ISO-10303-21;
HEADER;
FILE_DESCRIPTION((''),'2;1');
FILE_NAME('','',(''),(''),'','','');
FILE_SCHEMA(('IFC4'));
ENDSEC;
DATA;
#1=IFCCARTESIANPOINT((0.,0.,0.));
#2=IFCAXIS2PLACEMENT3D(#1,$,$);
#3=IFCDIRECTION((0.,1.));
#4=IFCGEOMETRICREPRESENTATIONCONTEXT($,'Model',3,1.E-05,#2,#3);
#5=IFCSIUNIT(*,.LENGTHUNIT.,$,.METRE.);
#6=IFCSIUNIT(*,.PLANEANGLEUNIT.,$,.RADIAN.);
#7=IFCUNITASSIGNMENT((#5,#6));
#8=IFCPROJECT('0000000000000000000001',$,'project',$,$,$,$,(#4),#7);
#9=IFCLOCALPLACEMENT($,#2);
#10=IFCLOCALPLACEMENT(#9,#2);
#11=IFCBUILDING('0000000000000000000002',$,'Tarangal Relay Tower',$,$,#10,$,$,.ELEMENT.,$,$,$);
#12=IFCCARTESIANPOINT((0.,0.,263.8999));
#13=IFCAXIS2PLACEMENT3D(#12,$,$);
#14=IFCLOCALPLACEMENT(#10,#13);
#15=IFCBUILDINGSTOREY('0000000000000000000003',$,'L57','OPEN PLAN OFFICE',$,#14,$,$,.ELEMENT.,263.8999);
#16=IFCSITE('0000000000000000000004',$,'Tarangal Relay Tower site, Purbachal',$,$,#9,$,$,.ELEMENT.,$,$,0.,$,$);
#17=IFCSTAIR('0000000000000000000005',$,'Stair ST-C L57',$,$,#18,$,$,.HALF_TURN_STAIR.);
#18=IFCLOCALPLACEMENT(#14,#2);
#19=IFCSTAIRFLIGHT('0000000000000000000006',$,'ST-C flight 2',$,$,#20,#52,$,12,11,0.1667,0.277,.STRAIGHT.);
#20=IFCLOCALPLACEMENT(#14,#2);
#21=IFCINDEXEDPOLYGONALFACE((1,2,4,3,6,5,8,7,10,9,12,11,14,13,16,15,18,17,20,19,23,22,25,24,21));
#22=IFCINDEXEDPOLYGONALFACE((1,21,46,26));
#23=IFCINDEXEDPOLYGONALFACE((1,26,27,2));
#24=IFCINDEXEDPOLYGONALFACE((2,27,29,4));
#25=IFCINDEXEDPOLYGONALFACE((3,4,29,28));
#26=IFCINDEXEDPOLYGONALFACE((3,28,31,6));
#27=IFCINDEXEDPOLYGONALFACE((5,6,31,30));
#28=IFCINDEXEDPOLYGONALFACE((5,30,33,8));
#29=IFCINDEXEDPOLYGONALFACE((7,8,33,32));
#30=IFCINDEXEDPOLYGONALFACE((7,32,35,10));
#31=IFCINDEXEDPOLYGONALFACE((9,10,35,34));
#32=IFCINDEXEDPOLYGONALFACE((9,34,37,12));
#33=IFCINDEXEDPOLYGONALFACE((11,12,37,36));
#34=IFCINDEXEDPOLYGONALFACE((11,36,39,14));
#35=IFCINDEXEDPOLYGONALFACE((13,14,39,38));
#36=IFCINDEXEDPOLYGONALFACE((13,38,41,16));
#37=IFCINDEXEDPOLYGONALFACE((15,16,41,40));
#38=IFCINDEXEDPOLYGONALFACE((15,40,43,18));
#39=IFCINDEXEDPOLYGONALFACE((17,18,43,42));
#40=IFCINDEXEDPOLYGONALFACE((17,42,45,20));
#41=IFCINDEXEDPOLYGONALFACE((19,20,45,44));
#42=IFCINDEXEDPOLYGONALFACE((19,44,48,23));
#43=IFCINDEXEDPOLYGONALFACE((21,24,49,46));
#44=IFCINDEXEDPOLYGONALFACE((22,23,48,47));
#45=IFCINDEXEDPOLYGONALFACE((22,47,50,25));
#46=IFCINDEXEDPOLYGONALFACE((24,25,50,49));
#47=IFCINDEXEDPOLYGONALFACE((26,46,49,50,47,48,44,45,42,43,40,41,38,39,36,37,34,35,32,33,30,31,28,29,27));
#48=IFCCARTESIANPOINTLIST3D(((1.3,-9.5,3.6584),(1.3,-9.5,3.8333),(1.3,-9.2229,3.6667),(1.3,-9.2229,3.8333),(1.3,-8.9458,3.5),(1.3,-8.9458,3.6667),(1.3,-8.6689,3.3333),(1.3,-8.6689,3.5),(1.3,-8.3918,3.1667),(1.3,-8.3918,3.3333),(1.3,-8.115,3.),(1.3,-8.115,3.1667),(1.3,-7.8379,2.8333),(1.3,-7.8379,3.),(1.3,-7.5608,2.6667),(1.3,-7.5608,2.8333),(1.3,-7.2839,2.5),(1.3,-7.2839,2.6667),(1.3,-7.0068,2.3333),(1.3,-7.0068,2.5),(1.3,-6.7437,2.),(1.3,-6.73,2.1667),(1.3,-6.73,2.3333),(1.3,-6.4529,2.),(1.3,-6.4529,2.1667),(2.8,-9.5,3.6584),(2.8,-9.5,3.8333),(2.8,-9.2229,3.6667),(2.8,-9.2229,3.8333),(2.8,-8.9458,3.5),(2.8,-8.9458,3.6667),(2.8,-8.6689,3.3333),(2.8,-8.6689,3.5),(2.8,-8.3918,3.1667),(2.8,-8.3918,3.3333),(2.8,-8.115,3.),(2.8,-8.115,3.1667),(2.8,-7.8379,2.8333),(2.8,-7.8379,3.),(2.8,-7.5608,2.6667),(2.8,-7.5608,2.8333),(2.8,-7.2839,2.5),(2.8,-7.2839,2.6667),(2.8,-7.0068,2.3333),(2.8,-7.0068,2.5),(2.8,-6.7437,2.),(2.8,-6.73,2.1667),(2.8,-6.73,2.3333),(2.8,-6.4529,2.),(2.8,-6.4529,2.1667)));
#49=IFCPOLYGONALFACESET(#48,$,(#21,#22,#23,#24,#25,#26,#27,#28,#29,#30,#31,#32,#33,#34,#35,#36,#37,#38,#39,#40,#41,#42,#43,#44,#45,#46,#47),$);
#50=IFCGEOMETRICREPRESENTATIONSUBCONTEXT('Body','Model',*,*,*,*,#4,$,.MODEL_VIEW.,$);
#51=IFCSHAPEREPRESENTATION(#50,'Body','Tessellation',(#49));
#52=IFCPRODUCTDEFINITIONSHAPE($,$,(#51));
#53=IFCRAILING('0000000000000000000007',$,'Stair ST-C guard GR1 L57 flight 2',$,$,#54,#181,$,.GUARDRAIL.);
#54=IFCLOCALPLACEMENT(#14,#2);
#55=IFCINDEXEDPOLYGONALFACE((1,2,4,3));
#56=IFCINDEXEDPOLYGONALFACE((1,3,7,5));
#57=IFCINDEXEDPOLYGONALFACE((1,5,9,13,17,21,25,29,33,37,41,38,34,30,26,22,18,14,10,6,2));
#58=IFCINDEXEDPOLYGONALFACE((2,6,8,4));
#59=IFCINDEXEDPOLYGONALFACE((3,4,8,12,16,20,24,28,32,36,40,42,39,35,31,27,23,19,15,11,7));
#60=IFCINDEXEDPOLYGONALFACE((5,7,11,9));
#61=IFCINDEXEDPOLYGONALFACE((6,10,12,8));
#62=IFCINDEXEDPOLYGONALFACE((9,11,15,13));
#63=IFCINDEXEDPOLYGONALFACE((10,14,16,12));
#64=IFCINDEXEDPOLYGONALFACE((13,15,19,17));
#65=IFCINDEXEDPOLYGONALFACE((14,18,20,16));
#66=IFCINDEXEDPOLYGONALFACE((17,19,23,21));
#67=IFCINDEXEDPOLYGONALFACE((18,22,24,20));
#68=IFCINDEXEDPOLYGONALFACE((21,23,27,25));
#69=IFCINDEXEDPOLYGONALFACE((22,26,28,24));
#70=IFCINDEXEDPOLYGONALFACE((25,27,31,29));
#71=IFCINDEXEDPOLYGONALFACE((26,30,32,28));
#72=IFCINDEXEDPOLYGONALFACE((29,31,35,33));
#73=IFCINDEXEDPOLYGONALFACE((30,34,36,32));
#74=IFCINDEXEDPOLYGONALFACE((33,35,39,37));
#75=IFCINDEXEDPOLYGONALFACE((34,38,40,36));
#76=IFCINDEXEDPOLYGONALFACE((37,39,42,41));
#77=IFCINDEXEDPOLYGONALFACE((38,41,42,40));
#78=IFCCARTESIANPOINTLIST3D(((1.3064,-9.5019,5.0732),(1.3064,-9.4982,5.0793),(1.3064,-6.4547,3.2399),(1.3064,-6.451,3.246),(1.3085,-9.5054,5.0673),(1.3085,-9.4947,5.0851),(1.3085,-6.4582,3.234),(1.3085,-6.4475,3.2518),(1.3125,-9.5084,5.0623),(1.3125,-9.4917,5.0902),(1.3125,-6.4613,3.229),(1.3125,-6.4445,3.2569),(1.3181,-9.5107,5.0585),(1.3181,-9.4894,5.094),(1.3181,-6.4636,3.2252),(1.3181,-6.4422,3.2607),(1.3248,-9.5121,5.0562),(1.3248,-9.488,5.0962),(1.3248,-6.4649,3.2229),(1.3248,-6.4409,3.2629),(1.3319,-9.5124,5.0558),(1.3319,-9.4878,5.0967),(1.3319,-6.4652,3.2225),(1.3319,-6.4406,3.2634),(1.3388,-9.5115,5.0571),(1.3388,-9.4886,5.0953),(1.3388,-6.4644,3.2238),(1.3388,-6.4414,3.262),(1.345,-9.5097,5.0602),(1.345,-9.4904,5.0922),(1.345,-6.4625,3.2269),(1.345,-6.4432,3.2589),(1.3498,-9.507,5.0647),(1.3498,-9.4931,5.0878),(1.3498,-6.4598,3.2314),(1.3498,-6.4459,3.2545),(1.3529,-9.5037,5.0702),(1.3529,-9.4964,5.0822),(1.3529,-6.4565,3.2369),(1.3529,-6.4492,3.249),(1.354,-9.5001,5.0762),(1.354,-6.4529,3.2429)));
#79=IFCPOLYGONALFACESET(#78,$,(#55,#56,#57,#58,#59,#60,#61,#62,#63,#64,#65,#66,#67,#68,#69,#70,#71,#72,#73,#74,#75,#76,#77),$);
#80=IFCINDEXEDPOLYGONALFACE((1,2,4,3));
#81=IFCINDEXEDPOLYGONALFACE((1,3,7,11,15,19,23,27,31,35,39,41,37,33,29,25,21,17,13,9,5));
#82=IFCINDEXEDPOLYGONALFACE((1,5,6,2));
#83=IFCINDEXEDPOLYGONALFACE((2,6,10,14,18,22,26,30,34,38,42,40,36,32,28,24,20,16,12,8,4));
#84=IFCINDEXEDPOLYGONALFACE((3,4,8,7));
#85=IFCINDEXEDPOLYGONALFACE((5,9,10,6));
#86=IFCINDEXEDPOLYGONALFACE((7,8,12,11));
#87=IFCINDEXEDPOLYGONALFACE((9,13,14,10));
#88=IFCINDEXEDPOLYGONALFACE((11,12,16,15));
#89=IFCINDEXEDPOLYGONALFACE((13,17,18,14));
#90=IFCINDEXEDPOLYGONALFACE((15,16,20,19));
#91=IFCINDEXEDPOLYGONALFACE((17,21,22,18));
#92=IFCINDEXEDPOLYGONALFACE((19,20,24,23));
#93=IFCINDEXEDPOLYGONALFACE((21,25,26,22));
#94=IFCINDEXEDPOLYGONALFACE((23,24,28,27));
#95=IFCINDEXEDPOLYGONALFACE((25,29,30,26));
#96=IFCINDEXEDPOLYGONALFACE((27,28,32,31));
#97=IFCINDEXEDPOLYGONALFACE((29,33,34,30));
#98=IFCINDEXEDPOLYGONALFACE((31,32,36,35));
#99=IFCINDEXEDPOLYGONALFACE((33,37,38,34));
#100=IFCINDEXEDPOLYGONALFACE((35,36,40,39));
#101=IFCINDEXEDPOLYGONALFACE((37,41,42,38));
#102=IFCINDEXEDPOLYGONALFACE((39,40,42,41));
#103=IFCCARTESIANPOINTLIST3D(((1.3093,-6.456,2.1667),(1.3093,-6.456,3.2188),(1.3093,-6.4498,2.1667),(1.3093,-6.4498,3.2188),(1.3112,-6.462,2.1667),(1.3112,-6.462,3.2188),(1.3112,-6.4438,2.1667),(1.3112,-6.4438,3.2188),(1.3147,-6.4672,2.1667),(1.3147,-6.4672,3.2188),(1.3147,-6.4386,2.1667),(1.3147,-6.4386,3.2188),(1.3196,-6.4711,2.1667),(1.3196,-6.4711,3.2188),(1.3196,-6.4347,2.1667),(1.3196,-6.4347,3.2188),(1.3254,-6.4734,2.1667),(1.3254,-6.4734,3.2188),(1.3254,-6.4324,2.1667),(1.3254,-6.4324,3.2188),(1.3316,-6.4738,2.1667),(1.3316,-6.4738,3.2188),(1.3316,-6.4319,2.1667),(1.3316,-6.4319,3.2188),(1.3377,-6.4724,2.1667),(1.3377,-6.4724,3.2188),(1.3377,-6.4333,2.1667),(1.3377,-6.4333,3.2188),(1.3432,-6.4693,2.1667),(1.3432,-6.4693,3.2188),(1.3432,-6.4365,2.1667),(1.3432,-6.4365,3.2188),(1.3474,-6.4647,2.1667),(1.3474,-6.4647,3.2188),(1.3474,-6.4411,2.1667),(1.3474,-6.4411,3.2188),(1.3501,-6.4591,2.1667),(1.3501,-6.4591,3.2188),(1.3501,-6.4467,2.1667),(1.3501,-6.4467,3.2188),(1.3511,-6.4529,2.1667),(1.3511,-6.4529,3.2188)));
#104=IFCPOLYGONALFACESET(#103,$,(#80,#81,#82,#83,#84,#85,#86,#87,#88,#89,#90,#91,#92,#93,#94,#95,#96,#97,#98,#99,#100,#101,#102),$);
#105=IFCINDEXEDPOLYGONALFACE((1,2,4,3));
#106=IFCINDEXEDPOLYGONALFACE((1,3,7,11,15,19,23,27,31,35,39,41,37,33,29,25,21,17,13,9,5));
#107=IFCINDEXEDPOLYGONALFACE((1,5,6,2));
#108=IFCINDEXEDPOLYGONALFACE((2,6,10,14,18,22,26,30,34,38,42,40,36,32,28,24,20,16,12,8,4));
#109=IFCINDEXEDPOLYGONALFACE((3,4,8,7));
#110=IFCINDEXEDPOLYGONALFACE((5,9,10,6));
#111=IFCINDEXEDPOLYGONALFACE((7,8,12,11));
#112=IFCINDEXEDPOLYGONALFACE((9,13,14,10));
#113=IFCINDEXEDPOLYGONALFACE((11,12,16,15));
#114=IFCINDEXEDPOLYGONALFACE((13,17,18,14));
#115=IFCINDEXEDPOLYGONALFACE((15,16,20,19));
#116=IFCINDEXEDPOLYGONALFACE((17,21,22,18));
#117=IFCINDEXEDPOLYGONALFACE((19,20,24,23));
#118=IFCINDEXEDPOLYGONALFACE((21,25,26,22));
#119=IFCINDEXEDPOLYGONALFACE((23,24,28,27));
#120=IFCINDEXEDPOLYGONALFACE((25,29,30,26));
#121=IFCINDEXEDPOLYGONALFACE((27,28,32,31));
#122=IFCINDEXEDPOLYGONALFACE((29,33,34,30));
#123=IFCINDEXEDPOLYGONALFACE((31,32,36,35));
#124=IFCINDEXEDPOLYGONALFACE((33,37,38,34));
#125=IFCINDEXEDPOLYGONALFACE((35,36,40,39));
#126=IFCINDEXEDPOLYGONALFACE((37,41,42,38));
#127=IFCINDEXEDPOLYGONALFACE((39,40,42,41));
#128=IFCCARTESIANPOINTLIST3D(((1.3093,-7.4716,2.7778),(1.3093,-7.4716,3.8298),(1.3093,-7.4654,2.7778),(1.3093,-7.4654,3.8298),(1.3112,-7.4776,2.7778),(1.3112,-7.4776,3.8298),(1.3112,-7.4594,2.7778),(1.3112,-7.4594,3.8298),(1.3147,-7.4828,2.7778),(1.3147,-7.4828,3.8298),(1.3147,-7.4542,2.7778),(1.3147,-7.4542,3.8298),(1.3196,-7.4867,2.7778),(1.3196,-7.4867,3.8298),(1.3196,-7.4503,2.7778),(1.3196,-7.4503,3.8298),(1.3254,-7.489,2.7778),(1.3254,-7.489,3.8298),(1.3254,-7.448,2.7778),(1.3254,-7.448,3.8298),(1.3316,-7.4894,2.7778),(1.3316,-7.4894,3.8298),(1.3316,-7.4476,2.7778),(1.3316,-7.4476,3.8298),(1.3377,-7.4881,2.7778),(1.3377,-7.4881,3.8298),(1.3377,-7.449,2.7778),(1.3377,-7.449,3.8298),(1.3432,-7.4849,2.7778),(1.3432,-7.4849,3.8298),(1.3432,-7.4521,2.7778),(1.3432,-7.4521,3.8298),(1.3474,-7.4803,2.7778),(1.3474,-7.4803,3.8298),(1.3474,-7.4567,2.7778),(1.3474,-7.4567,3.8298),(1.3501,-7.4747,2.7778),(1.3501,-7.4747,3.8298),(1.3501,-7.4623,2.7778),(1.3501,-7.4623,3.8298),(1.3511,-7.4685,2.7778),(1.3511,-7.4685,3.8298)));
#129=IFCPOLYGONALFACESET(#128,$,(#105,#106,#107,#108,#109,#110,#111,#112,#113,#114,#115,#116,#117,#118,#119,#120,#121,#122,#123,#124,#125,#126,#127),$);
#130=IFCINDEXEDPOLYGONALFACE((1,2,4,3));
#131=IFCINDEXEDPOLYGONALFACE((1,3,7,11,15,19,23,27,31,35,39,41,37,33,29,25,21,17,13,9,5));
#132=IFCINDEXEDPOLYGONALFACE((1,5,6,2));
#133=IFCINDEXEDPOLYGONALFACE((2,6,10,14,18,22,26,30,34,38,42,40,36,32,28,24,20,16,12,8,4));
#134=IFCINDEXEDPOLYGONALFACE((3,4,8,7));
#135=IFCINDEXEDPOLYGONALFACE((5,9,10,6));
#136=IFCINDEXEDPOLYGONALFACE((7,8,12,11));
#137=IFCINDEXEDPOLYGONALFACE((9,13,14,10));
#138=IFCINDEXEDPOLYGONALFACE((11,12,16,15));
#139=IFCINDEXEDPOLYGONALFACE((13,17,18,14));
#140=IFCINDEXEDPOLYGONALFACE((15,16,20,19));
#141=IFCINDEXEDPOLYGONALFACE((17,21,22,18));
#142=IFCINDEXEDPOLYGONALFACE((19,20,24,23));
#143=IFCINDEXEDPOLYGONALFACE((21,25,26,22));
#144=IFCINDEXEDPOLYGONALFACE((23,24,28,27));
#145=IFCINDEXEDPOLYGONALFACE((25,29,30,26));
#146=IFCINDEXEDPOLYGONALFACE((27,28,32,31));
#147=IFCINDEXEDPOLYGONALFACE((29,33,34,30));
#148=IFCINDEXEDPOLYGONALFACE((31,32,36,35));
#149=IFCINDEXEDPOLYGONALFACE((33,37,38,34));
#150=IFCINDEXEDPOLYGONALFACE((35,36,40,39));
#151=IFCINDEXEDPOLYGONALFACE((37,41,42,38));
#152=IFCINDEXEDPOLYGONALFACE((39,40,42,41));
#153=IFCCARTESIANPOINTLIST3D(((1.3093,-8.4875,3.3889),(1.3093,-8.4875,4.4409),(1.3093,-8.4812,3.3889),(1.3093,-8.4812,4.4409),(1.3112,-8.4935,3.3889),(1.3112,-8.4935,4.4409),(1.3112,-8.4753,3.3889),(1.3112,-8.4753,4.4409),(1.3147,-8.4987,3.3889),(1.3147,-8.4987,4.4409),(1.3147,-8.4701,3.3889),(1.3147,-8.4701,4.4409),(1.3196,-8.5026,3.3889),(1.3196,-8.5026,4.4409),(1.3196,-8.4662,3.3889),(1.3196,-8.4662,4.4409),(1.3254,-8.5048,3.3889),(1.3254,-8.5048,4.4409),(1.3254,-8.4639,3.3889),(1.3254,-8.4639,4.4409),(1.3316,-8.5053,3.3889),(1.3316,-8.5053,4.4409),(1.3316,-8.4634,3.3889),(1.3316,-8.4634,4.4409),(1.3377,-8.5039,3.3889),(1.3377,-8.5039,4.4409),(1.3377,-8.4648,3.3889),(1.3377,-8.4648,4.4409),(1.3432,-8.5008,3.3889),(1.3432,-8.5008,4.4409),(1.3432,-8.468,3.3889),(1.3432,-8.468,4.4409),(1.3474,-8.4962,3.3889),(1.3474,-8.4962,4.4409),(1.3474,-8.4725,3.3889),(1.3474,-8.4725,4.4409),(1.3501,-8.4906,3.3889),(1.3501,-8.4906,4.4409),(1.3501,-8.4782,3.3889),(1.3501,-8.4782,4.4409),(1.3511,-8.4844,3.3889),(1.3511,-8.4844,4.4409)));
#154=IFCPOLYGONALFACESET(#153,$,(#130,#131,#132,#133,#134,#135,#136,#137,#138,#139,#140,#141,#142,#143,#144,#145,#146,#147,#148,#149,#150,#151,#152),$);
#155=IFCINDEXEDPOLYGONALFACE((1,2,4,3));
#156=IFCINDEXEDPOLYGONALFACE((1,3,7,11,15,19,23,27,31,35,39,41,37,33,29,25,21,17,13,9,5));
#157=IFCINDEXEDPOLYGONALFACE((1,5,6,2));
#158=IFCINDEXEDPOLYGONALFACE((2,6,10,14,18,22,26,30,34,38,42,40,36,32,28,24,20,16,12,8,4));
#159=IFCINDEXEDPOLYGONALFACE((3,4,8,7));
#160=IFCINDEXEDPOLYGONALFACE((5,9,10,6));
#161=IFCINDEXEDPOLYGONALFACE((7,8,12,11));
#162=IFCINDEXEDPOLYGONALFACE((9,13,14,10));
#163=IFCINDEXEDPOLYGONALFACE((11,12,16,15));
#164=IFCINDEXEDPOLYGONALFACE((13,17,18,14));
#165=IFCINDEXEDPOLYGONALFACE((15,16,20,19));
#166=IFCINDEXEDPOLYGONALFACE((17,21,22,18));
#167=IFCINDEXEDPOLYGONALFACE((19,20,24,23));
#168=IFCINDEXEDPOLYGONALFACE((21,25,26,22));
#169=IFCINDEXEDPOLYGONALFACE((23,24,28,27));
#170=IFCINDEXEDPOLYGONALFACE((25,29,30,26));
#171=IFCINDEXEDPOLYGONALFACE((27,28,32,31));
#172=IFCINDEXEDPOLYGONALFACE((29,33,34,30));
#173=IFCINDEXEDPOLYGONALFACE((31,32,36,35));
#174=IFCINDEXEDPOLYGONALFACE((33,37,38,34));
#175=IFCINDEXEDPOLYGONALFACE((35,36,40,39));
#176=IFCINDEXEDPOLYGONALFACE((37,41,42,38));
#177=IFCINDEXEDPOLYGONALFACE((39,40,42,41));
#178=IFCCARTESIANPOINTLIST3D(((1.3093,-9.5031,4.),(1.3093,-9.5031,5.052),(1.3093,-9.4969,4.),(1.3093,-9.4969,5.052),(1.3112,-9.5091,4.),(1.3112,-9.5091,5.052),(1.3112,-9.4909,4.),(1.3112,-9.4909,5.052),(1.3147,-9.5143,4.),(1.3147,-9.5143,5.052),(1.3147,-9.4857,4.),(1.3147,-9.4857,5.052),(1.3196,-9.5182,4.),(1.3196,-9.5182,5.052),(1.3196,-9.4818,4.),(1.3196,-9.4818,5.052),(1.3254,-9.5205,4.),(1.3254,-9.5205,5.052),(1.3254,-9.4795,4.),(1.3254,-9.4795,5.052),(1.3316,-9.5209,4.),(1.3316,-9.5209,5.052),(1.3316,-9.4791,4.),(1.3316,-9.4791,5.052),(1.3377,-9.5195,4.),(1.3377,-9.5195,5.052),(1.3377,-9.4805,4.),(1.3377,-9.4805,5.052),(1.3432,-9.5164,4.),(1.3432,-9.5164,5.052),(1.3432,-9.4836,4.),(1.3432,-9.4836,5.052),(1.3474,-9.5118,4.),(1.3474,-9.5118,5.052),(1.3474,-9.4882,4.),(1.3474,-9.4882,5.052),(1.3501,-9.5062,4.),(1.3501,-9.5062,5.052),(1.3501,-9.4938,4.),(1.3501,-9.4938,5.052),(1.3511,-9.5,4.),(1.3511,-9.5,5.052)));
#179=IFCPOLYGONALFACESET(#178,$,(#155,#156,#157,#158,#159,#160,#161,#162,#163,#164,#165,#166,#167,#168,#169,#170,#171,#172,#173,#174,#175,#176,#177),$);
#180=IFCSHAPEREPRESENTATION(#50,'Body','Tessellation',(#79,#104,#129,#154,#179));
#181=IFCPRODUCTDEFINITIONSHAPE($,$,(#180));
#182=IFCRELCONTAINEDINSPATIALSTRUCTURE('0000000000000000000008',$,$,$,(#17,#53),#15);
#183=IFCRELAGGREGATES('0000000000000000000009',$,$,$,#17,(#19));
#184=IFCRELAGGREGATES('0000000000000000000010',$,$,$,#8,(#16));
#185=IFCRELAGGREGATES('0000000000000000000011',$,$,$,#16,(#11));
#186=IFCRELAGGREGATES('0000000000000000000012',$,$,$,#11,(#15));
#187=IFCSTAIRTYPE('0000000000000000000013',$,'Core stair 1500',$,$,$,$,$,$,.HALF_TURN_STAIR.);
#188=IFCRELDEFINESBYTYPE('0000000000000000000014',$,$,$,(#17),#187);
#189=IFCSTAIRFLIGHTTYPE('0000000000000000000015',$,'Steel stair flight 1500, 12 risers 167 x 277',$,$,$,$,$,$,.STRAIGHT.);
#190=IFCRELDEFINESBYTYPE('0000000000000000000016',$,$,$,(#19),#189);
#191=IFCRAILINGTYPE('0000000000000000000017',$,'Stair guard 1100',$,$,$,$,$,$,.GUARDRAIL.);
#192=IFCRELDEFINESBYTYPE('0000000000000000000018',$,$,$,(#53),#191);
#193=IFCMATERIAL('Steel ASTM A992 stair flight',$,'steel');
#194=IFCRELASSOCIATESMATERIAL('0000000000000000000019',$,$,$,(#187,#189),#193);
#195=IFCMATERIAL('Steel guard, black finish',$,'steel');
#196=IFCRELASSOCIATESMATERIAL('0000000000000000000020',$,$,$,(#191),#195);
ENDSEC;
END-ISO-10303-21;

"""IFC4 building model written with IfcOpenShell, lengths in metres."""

from ifc_helpers import new_model, si_unit, direction, frame, origin, origin_2d, place, context, subcontext, project, spatial, polyline, circle, outline, extrude, material, type_object, element, aggregate, save


model = new_model("IFC4")

# Units and contexts
model_context = context("Model", 3, precision=1e-05, world=origin(), true_north=direction((0.0, 1.0)))
body_context = subcontext(model_context, "Body", "Model", "MODEL_VIEW")
ifc_project = project(units=[si_unit("LENGTHUNIT", "METRE"), si_unit("PLANEANGLEUNIT", "RADIAN")], contexts=[model_context])

# Site, building, storey
site_placement = place(None, origin())
site = spatial("IfcSite", under=ifc_project, at=site_placement, Name="Tarangal Relay Tower site, Purbachal", CompositionType="ELEMENT", RefElevation=0.0)
building_placement = place(site_placement, origin())
building = spatial("IfcBuilding", under=site, at=building_placement, Name="Tarangal Relay Tower", CompositionType="ELEMENT")
storey_placement = place(building_placement, frame((0.0, 0.0, 263.8999)))
storey = spatial("IfcBuildingStorey", under=building, at=storey_placement, Name="L57", Description="OPEN PLAN OFFICE", CompositionType="ELEMENT", Elevation=263.8999)

# Stair, stair flight
ifc_material_1 = material(Name="Steel ASTM A992 stair flight", Category="steel")
stair_type = type_object("IfcStairType", Name="Core stair 1500", PredefinedType="HALF_TURN_STAIR", material=ifc_material_1)
stair_placement = place(storey_placement, origin())
stair = element("IfcStair", 1, at=stair_placement, inside=storey, type_object=stair_type, Name="Stair ST-C L57", PredefinedType="HALF_TURN_STAIR")
stair_flight_type = type_object("IfcStairFlightType", Name="Steel stair flight 1500, 12 risers 167 x 277", PredefinedType="STRAIGHT", material=ifc_material_1)
stair_flight_placement = place(storey_placement, frame((2.05, -6.4529, 2.0), z_axis=(0.0, 0.0, 1.0), x_axis=(0.0, -1.0, 0.0)))
stair_flight = element("IfcStairFlight", 2, at=stair_flight_placement, type_object=stair_flight_type, Name="ST-C flight 2", NumberOfRisers=12, NumberOfTreads=11, PredefinedType="STRAIGHT", RiserHeight=0.1667, TreadLength=0.277, context=body_context, shape_type="SweptSolid", body=[
    extrude(outline(polyline([(0.0, 0.0), (0.0, 0.1667), (0.2771, 0.1667), (0.2771, 0.3333), (0.554, 0.3333), (0.554, 0.5), (0.8311, 0.5), (0.8311, 0.6667), (1.1079, 0.6667), (1.1079, 0.8333), (1.385, 0.8333), (1.385, 1.0), (1.6621, 1.0), (1.6621, 1.1667), (1.939, 1.1667), (1.939, 1.3333), (2.2161, 1.3333), (2.2161, 1.5), (2.4929, 1.5), (2.4929, 1.6667), (2.77, 1.6667), (2.77, 1.8333), (3.0471, 1.8333), (3.0471, 2.0), (3.0471, 1.6584), (0.2908, 0.0), (0.0, 0.0)])), frame((0.0, 0.75, 0.0), z_axis=(0.0, -1.0, 0.0), x_axis=(1.0, 0.0, 0.0)), (0.0, 0.0, 1.0), 1.5),
])
aggregate(stair, [stair_flight])

# Railing
ifc_material_2 = material(Name="Steel guard, black finish", Category="steel")
railing_type_1 = type_object("IfcRailingType", Name="Stair guard 1100", PredefinedType="GUARDRAIL", material=ifc_material_2)
railing_1_placement = place(storey_placement, frame((1.3301, -6.4529, 2.1667)))
element("IfcRailing", 3, at=railing_1_placement, inside=storey, type_object=railing_type_1, Name="Stair ST-C guard GR1 L57 flight 2", PredefinedType="GUARDRAIL", context=body_context, shape_type="SweptSolid", body=[
    extrude(circle(Radius=0.0239, at=origin_2d()), frame((0.0, 0.0, 1.0762), z_axis=(0.0, -0.856874, 0.515525), x_axis=(1.0, 0.0, 0.0)), (0.0, 0.0, 1.0), 3.5562),
    extrude(circle(Radius=0.021, at=origin_2d()), origin(), (0.0, 0.0, 1.0), 1.052),
    extrude(circle(Radius=0.021, at=origin_2d()), frame((0.0, -1.0156, 0.6111)), (0.0, 0.0, 1.0), 1.052),
    extrude(circle(Radius=0.021, at=origin_2d()), frame((0.0, -2.0315, 1.2222)), (0.0, 0.0, 1.0), 1.052),
    extrude(circle(Radius=0.021, at=origin_2d()), frame((0.0, -3.0471, 1.8333)), (0.0, 0.0, 1.0), 1.052),
])

save(model, "model.ifc")
